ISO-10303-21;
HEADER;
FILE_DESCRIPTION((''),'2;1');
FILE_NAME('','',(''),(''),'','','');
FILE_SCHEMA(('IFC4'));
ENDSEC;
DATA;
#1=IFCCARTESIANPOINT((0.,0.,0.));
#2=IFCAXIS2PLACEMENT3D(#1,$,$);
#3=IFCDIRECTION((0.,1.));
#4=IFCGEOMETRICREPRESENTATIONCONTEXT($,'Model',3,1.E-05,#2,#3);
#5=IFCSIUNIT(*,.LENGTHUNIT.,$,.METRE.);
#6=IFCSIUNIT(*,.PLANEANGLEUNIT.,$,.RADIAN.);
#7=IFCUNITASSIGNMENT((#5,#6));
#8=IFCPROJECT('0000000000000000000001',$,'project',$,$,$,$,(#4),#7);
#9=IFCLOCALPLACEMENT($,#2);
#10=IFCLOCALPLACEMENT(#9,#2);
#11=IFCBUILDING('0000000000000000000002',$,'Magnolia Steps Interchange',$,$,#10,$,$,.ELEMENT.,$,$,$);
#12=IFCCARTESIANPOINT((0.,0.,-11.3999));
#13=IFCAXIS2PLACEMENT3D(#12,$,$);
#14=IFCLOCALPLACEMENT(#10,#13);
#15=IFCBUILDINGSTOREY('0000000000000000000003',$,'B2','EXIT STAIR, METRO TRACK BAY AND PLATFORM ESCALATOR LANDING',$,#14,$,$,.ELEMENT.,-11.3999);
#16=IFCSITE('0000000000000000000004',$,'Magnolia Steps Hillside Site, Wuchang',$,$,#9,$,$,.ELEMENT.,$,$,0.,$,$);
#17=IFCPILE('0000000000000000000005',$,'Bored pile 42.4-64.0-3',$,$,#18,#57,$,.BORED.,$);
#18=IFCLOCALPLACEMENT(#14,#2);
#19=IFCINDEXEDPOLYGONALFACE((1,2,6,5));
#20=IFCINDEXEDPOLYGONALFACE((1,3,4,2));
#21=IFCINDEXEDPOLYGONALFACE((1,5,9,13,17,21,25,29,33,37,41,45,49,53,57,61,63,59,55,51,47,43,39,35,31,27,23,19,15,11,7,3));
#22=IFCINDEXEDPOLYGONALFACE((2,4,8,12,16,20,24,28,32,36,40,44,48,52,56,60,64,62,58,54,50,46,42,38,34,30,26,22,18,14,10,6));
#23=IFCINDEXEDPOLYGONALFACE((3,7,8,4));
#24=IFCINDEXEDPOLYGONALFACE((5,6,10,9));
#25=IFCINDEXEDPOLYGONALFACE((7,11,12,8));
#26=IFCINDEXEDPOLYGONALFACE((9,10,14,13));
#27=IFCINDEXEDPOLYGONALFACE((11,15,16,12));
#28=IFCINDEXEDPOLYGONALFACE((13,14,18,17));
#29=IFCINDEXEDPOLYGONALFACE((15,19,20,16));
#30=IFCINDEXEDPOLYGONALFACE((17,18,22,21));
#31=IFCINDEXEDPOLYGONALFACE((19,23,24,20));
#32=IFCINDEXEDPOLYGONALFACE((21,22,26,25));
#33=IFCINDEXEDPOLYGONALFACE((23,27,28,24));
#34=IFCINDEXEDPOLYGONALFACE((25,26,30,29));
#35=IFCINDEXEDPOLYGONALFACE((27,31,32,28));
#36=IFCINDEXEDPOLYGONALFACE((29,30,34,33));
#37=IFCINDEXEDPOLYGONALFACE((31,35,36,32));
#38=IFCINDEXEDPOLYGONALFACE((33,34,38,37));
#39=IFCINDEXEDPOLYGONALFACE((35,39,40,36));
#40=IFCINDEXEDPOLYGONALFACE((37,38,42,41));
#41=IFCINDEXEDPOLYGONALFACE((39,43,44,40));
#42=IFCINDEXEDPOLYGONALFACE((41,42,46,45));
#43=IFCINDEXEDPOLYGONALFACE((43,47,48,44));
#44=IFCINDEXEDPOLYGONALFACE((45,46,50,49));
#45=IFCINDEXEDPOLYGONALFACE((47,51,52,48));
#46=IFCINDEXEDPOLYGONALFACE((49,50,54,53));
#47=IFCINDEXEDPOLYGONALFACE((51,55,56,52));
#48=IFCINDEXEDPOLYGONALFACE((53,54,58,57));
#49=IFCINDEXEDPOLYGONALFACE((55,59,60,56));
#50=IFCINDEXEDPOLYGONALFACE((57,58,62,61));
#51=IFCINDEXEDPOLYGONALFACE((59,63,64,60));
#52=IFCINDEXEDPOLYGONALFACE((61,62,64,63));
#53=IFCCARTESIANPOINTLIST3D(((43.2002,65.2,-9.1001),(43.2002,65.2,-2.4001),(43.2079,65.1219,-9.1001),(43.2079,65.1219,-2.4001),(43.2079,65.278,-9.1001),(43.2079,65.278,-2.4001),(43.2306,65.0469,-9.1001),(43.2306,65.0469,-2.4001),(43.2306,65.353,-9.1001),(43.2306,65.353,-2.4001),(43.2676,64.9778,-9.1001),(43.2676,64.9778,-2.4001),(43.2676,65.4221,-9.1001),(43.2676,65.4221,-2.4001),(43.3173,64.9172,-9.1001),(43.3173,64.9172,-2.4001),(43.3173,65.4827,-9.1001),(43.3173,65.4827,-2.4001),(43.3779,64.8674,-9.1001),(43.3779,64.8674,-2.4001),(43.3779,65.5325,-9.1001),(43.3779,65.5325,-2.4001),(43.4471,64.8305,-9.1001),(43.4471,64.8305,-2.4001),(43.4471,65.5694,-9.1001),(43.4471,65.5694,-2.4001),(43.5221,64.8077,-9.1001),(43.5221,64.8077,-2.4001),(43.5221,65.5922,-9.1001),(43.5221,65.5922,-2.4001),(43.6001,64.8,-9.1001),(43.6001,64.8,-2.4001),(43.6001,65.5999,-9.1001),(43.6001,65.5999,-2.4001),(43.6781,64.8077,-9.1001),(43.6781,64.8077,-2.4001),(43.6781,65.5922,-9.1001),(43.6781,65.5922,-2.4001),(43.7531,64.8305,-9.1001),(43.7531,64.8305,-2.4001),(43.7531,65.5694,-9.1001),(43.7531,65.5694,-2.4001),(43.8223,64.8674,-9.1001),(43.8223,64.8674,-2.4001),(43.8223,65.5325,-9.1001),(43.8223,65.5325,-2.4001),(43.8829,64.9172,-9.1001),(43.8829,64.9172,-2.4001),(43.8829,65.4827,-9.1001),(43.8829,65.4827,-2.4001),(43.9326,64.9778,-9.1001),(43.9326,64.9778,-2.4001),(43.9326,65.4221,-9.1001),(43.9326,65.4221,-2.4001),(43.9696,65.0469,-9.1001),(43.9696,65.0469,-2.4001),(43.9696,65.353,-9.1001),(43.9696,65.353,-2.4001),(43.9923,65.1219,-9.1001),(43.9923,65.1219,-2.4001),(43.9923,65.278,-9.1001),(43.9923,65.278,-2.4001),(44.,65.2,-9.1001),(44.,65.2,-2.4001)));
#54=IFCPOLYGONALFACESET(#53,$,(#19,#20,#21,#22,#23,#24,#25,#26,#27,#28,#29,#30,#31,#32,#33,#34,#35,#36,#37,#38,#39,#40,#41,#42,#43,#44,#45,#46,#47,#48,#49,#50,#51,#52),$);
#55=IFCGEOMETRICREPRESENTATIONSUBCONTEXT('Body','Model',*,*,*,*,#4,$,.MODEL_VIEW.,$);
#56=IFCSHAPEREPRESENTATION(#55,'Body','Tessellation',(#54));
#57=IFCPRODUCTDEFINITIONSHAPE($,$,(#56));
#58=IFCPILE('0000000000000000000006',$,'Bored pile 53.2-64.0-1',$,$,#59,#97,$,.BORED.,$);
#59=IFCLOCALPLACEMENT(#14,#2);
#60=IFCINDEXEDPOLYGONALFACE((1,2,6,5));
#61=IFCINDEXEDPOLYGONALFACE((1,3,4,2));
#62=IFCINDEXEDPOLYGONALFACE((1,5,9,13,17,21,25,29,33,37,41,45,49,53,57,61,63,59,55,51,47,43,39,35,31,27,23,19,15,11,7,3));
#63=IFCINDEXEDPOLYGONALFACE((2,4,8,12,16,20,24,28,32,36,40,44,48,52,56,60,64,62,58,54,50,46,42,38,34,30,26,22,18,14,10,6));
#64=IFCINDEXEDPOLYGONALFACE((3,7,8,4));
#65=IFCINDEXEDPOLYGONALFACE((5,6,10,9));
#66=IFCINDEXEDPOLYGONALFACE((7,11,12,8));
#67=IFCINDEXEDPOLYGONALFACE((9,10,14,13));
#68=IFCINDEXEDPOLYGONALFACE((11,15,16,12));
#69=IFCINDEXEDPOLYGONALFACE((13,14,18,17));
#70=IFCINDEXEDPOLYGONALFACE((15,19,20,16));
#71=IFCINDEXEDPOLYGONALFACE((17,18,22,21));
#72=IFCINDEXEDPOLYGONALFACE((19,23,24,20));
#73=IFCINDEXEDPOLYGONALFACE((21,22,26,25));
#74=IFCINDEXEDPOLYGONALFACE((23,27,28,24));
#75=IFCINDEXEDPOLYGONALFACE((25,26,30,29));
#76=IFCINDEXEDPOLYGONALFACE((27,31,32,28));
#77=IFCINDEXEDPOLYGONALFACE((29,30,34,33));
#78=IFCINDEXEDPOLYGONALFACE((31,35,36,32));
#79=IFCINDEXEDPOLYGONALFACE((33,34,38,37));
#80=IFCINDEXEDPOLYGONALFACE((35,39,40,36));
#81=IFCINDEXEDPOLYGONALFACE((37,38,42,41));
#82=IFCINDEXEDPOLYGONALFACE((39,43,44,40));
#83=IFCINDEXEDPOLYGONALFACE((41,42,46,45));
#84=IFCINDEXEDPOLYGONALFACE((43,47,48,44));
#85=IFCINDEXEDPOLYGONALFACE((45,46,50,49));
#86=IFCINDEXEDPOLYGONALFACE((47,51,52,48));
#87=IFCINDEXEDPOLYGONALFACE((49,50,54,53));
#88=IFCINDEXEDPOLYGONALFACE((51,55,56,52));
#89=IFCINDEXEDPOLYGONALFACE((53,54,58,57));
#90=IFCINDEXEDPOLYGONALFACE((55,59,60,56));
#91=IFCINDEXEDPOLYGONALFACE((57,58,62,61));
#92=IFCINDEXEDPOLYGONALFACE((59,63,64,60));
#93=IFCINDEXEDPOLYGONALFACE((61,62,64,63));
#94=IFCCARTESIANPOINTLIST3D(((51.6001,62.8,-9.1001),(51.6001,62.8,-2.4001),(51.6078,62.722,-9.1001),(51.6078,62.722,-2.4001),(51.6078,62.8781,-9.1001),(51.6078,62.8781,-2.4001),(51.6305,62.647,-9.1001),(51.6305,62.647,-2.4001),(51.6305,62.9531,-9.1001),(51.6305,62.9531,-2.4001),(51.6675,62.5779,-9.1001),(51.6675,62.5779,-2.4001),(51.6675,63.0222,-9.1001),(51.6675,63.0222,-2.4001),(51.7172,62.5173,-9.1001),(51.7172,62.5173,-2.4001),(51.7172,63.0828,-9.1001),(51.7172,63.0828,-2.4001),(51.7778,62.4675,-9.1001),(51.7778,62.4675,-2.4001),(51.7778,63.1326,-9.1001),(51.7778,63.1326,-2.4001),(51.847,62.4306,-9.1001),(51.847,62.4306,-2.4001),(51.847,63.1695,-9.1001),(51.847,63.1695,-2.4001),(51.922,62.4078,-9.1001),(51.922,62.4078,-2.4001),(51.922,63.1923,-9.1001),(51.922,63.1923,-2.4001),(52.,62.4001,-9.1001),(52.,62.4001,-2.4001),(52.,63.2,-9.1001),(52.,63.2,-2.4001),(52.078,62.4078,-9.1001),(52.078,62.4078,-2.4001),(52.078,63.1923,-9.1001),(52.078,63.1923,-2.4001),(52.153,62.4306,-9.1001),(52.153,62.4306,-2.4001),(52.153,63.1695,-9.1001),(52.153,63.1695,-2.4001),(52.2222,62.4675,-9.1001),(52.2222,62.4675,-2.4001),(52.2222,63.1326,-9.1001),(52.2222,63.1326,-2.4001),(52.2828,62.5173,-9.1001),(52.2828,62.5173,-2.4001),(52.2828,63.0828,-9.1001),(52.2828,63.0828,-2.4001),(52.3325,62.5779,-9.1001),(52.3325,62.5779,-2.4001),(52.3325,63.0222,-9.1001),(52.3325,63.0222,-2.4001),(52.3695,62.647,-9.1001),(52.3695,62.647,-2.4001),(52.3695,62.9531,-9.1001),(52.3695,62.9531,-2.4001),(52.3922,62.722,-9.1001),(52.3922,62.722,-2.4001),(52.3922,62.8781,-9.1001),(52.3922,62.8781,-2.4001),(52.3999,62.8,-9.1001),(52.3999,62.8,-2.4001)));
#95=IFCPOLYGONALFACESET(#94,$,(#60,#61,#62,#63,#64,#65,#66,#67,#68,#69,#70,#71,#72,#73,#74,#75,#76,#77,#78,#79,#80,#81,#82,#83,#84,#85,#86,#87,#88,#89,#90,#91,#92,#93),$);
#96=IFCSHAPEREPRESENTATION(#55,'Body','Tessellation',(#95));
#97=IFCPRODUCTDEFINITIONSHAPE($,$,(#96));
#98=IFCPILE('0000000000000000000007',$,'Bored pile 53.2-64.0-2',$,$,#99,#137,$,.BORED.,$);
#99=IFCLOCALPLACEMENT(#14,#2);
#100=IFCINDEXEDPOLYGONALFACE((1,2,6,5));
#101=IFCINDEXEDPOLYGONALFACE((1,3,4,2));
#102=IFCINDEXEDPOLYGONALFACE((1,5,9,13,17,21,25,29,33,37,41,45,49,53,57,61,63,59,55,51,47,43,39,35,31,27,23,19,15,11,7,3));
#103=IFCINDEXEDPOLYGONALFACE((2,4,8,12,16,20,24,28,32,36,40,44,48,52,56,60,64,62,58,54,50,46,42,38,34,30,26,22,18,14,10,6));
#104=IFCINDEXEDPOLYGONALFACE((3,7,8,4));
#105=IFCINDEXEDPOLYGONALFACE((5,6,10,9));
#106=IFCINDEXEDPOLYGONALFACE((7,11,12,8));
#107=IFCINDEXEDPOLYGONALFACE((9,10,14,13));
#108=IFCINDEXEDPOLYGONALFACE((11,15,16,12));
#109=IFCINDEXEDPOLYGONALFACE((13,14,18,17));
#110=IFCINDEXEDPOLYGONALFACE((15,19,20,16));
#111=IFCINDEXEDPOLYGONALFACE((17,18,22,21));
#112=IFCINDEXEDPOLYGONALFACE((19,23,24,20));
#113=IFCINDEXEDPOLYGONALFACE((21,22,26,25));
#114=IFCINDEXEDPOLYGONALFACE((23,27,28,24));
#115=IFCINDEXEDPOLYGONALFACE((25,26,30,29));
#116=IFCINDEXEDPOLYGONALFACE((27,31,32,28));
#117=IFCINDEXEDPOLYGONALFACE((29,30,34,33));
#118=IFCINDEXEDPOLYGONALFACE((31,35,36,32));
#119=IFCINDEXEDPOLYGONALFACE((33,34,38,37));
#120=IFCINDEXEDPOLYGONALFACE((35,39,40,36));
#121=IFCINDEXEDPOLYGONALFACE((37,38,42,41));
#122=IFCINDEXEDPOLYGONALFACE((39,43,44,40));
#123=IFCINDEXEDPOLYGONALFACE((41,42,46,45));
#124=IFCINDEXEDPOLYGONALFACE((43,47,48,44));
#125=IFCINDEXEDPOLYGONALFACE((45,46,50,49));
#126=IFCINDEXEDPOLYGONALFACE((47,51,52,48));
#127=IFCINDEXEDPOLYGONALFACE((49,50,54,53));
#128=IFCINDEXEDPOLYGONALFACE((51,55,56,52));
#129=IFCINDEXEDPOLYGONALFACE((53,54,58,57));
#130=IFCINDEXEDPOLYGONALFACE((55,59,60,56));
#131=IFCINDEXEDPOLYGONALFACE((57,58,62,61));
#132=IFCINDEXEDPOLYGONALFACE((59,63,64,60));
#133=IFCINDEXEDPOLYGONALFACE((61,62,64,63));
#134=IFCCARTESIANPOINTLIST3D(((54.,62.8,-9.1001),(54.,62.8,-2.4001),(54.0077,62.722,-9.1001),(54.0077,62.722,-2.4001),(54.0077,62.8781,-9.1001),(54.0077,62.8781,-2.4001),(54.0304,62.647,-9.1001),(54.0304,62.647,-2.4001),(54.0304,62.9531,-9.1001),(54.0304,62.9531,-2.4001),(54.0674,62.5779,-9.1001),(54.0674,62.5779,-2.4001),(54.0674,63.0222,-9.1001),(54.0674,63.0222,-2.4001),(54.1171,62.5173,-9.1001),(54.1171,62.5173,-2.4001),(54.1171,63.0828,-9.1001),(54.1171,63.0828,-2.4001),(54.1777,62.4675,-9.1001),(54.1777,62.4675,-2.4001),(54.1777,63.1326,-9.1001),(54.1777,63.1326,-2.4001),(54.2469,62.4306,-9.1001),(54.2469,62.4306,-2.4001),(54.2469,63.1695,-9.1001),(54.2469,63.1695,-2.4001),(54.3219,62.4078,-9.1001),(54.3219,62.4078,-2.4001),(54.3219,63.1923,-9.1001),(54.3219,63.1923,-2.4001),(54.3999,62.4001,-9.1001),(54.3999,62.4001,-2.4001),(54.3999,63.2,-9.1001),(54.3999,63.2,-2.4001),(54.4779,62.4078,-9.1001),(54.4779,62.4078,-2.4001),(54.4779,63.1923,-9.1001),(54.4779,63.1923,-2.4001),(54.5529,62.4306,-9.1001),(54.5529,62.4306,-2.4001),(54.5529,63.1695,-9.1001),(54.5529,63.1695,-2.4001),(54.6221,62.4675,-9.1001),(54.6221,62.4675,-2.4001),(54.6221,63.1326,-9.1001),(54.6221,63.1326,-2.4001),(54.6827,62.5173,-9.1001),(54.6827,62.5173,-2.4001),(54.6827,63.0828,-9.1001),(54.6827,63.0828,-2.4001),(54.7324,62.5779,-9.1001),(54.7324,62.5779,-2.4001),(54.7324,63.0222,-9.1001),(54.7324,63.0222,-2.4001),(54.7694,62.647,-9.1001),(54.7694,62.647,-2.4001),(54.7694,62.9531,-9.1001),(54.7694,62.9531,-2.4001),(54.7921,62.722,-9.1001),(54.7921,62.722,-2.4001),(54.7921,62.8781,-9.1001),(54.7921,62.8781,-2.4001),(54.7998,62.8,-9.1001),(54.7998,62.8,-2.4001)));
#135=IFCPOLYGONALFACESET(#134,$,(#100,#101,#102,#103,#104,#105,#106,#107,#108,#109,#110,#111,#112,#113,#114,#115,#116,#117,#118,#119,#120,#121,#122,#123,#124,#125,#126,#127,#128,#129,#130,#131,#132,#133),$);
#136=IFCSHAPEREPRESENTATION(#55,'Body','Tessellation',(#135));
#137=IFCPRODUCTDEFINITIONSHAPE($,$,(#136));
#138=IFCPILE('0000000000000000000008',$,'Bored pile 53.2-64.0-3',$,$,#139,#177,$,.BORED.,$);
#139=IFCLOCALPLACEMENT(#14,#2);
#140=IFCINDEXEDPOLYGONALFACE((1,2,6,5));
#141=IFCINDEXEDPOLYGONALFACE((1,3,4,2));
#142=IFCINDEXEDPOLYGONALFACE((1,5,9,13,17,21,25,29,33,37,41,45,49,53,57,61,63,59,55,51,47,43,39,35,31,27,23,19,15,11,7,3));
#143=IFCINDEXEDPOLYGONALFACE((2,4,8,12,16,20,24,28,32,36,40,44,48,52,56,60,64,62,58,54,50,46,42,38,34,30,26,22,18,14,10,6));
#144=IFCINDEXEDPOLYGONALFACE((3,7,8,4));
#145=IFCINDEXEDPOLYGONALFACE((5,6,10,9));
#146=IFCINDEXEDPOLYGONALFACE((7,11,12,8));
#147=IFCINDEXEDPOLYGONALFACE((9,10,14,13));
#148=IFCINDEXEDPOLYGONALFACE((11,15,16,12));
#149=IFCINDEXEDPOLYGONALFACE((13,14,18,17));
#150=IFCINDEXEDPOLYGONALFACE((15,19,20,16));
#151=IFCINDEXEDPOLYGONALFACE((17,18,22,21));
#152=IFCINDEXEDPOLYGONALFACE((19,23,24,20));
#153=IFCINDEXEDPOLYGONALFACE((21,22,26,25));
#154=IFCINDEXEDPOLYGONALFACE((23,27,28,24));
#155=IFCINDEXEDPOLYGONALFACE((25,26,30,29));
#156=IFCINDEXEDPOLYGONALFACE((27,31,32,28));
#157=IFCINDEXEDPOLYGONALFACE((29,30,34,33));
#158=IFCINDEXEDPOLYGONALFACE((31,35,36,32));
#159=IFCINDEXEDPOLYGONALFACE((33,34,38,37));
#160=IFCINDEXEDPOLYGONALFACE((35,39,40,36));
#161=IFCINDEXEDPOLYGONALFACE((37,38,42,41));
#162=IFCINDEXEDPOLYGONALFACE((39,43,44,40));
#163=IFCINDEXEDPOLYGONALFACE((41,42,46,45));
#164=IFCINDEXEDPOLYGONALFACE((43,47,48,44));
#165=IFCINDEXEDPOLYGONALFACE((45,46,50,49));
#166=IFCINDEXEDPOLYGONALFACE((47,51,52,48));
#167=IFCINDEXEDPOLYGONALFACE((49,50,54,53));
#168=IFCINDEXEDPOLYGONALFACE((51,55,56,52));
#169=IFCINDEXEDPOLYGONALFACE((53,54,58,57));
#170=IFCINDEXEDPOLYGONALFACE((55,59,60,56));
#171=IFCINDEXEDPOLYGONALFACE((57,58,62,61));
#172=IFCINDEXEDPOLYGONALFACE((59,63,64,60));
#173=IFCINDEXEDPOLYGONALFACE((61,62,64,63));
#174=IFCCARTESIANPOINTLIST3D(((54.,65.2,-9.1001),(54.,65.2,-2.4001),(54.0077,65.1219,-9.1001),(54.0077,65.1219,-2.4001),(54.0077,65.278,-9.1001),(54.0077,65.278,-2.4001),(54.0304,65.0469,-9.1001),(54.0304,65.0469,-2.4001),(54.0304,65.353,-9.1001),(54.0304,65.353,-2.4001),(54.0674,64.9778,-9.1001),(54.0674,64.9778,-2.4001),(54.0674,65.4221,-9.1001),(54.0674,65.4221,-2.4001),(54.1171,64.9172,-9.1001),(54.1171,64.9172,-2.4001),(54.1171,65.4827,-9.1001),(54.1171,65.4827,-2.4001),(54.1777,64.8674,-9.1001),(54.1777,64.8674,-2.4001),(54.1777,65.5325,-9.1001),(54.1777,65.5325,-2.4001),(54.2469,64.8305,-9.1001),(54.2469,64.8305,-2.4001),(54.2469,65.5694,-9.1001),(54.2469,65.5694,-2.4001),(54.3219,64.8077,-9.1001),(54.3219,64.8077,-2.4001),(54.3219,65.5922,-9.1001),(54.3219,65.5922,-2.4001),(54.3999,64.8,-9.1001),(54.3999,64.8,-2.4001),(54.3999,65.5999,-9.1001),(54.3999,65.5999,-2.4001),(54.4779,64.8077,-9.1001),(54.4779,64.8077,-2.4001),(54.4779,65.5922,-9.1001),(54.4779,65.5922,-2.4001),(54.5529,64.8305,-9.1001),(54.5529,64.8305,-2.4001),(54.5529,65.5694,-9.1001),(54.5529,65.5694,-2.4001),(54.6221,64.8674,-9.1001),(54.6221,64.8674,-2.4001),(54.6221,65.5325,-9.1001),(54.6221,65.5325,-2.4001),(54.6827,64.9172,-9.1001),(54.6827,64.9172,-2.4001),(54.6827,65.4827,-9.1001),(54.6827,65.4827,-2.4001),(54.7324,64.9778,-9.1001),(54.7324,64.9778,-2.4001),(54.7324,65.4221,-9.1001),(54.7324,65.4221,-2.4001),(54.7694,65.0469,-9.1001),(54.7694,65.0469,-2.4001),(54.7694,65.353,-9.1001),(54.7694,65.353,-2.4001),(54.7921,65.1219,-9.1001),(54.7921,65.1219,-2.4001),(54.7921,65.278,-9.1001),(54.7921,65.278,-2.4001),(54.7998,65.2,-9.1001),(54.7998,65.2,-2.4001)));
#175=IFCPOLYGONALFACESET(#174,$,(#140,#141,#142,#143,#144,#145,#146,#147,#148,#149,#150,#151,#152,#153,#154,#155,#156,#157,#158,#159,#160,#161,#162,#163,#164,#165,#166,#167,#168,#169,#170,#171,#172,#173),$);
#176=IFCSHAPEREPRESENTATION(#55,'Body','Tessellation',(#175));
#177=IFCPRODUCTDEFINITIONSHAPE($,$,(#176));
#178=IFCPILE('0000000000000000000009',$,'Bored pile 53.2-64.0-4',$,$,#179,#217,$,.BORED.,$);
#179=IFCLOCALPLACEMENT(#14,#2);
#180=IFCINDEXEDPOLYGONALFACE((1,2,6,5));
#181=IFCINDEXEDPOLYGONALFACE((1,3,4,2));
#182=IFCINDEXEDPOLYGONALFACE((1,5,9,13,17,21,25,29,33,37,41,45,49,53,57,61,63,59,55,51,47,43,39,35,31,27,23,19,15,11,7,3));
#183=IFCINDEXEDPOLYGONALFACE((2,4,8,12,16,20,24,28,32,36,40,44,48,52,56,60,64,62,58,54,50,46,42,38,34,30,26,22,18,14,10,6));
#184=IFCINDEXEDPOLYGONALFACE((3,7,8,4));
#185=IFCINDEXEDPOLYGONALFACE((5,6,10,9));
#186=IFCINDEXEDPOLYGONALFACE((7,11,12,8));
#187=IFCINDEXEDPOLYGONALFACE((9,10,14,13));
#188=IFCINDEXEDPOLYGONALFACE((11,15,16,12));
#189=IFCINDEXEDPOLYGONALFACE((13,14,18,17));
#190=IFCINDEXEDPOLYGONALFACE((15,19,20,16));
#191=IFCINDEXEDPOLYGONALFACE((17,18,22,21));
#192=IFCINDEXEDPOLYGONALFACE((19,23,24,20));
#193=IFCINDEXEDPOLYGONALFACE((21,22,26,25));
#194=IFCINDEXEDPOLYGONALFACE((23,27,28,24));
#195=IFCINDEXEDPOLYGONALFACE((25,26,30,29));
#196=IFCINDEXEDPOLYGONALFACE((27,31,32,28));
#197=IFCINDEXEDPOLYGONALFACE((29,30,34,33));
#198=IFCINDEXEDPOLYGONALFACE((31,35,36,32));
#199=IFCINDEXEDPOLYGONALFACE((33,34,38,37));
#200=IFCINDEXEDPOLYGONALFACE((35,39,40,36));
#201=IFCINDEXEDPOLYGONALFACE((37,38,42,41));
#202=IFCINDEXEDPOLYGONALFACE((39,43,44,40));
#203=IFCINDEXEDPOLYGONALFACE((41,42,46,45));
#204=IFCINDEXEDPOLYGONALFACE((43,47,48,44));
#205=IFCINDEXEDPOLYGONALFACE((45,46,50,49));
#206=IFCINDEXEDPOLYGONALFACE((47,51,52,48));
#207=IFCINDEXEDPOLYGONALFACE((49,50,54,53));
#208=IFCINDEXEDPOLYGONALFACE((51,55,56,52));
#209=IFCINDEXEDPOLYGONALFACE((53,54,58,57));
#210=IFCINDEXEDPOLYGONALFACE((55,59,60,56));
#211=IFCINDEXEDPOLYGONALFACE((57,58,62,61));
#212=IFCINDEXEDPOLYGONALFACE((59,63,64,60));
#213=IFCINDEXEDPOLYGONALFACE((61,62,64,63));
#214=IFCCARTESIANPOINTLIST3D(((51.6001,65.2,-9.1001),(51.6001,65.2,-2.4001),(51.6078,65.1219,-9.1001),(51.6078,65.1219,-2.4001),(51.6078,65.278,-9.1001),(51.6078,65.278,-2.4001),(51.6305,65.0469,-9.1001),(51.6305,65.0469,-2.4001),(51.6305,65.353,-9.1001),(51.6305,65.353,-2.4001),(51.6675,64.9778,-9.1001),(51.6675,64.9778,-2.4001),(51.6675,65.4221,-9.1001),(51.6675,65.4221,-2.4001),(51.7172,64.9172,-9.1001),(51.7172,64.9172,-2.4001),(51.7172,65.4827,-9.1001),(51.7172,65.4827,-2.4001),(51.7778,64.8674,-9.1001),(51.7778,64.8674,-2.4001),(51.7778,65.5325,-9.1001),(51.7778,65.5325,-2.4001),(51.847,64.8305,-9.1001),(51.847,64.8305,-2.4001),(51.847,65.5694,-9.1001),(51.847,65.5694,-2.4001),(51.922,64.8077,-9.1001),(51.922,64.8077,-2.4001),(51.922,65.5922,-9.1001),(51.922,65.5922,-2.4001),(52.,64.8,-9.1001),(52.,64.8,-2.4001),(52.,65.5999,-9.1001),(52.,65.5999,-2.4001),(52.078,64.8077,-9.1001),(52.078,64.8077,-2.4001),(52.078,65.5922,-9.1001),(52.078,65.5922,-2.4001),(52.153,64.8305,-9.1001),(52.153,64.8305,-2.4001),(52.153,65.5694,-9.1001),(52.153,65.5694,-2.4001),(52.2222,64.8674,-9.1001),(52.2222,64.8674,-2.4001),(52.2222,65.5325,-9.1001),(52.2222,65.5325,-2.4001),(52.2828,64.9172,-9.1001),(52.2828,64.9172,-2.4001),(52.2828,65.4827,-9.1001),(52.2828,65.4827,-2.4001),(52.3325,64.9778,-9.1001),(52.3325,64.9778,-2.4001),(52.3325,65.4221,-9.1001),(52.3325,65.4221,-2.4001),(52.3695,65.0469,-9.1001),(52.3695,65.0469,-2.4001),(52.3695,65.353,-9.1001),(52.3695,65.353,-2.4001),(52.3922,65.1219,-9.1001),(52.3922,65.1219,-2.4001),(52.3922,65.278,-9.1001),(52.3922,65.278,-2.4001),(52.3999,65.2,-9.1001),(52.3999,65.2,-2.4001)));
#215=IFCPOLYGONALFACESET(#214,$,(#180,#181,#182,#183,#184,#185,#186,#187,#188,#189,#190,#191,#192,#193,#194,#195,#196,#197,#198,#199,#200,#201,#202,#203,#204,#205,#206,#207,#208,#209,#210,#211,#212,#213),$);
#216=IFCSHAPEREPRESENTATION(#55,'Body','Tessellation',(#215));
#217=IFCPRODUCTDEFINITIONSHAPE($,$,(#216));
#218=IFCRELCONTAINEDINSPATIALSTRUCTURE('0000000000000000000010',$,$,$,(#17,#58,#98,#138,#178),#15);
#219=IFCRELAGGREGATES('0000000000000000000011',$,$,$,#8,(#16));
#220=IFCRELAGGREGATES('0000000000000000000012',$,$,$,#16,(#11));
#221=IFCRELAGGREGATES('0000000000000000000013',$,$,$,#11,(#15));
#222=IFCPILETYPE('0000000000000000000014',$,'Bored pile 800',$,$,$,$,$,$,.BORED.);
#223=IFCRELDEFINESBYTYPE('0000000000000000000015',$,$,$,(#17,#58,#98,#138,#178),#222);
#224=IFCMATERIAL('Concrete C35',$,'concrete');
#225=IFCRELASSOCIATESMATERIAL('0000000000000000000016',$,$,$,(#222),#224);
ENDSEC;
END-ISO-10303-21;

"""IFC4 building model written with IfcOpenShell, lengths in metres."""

from ifc_helpers import new_model, si_unit, direction, frame, origin, origin_2d, place, context, subcontext, project, spatial, circle, extrude, material, material_profile, profile_set, type_object, element, save


model = new_model("IFC4")

# Units and contexts
model_context = context("Model", 3, precision=1e-05, world=origin(), true_north=direction((0.0, 1.0)))
body_context = subcontext(model_context, "Body", "Model", "MODEL_VIEW")
ifc_project = project(units=[si_unit("LENGTHUNIT", "METRE"), si_unit("PLANEANGLEUNIT", "RADIAN")], contexts=[model_context])

# Site, building, storey
site_placement = place(None, origin())
site = spatial("IfcSite", under=ifc_project, at=site_placement, Name="Magnolia Steps Hillside Site, Wuchang", CompositionType="ELEMENT", RefElevation=0.0)
building_placement = place(site_placement, origin())
building = spatial("IfcBuilding", under=site, at=building_placement, Name="Magnolia Steps Interchange", CompositionType="ELEMENT")
storey_placement = place(building_placement, frame((0.0, 0.0, -11.3999)))
storey = spatial("IfcBuildingStorey", under=building, at=storey_placement, Name="B2", Description="EXIT STAIR, METRO TRACK BAY AND PLATFORM ESCALATOR LANDING", CompositionType="ELEMENT", Elevation=-11.3999)

# Piles
ifc_material_1 = material(Name="Concrete C35", Category="concrete")
ifc_material_profile_1 = material_profile(ifc_material_1, circle(Radius=0.3999, at=origin_2d()), Name="Bored pile 800")
ifc_profile_set_1 = profile_set([ifc_material_profile_1], Name="Concrete C35")
pile_type_1 = type_object("IfcPileType", Name="Bored pile 800", PredefinedType="BORED", material=ifc_profile_set_1)
for number, where, z_axis, x_axis, name in (
    (1, (43.6001, 65.2, -2.4001), (0.0, 0.0, -1.0), (1.0, 0.0, 0.0), "Bored pile 42.4-64.0-3"),
    (2, (52.0, 62.8, -2.4001), (0.0, 0.0, -1.0), (1.0, 0.0, 0.0), "Bored pile 53.2-64.0-1"),
    (3, (54.3999, 62.8, -2.4001), (0.0, 0.0, -1.0), (1.0, 0.0, 0.0), "Bored pile 53.2-64.0-2"),
    (4, (54.3999, 65.2, -2.4001), (0.0, 0.0, -1.0), (1.0, 0.0, 0.0), "Bored pile 53.2-64.0-3"),
    (5, (52.0, 65.2, -2.4001), (0.0, 0.0, -1.0), (1.0, 0.0, 0.0), "Bored pile 53.2-64.0-4"),
):
    element("IfcPile", number, at=place(storey_placement, frame(where, z_axis=z_axis, x_axis=x_axis)), inside=storey, type_object=pile_type_1, Name=name, PredefinedType="BORED", context=body_context, shape_type="SweptSolid", body=[
        extrude(circle(Radius=0.3999, at=origin_2d()), origin(), (0.0, 0.0, 1.0), 6.7),
    ])

save(model, "model.ifc")
